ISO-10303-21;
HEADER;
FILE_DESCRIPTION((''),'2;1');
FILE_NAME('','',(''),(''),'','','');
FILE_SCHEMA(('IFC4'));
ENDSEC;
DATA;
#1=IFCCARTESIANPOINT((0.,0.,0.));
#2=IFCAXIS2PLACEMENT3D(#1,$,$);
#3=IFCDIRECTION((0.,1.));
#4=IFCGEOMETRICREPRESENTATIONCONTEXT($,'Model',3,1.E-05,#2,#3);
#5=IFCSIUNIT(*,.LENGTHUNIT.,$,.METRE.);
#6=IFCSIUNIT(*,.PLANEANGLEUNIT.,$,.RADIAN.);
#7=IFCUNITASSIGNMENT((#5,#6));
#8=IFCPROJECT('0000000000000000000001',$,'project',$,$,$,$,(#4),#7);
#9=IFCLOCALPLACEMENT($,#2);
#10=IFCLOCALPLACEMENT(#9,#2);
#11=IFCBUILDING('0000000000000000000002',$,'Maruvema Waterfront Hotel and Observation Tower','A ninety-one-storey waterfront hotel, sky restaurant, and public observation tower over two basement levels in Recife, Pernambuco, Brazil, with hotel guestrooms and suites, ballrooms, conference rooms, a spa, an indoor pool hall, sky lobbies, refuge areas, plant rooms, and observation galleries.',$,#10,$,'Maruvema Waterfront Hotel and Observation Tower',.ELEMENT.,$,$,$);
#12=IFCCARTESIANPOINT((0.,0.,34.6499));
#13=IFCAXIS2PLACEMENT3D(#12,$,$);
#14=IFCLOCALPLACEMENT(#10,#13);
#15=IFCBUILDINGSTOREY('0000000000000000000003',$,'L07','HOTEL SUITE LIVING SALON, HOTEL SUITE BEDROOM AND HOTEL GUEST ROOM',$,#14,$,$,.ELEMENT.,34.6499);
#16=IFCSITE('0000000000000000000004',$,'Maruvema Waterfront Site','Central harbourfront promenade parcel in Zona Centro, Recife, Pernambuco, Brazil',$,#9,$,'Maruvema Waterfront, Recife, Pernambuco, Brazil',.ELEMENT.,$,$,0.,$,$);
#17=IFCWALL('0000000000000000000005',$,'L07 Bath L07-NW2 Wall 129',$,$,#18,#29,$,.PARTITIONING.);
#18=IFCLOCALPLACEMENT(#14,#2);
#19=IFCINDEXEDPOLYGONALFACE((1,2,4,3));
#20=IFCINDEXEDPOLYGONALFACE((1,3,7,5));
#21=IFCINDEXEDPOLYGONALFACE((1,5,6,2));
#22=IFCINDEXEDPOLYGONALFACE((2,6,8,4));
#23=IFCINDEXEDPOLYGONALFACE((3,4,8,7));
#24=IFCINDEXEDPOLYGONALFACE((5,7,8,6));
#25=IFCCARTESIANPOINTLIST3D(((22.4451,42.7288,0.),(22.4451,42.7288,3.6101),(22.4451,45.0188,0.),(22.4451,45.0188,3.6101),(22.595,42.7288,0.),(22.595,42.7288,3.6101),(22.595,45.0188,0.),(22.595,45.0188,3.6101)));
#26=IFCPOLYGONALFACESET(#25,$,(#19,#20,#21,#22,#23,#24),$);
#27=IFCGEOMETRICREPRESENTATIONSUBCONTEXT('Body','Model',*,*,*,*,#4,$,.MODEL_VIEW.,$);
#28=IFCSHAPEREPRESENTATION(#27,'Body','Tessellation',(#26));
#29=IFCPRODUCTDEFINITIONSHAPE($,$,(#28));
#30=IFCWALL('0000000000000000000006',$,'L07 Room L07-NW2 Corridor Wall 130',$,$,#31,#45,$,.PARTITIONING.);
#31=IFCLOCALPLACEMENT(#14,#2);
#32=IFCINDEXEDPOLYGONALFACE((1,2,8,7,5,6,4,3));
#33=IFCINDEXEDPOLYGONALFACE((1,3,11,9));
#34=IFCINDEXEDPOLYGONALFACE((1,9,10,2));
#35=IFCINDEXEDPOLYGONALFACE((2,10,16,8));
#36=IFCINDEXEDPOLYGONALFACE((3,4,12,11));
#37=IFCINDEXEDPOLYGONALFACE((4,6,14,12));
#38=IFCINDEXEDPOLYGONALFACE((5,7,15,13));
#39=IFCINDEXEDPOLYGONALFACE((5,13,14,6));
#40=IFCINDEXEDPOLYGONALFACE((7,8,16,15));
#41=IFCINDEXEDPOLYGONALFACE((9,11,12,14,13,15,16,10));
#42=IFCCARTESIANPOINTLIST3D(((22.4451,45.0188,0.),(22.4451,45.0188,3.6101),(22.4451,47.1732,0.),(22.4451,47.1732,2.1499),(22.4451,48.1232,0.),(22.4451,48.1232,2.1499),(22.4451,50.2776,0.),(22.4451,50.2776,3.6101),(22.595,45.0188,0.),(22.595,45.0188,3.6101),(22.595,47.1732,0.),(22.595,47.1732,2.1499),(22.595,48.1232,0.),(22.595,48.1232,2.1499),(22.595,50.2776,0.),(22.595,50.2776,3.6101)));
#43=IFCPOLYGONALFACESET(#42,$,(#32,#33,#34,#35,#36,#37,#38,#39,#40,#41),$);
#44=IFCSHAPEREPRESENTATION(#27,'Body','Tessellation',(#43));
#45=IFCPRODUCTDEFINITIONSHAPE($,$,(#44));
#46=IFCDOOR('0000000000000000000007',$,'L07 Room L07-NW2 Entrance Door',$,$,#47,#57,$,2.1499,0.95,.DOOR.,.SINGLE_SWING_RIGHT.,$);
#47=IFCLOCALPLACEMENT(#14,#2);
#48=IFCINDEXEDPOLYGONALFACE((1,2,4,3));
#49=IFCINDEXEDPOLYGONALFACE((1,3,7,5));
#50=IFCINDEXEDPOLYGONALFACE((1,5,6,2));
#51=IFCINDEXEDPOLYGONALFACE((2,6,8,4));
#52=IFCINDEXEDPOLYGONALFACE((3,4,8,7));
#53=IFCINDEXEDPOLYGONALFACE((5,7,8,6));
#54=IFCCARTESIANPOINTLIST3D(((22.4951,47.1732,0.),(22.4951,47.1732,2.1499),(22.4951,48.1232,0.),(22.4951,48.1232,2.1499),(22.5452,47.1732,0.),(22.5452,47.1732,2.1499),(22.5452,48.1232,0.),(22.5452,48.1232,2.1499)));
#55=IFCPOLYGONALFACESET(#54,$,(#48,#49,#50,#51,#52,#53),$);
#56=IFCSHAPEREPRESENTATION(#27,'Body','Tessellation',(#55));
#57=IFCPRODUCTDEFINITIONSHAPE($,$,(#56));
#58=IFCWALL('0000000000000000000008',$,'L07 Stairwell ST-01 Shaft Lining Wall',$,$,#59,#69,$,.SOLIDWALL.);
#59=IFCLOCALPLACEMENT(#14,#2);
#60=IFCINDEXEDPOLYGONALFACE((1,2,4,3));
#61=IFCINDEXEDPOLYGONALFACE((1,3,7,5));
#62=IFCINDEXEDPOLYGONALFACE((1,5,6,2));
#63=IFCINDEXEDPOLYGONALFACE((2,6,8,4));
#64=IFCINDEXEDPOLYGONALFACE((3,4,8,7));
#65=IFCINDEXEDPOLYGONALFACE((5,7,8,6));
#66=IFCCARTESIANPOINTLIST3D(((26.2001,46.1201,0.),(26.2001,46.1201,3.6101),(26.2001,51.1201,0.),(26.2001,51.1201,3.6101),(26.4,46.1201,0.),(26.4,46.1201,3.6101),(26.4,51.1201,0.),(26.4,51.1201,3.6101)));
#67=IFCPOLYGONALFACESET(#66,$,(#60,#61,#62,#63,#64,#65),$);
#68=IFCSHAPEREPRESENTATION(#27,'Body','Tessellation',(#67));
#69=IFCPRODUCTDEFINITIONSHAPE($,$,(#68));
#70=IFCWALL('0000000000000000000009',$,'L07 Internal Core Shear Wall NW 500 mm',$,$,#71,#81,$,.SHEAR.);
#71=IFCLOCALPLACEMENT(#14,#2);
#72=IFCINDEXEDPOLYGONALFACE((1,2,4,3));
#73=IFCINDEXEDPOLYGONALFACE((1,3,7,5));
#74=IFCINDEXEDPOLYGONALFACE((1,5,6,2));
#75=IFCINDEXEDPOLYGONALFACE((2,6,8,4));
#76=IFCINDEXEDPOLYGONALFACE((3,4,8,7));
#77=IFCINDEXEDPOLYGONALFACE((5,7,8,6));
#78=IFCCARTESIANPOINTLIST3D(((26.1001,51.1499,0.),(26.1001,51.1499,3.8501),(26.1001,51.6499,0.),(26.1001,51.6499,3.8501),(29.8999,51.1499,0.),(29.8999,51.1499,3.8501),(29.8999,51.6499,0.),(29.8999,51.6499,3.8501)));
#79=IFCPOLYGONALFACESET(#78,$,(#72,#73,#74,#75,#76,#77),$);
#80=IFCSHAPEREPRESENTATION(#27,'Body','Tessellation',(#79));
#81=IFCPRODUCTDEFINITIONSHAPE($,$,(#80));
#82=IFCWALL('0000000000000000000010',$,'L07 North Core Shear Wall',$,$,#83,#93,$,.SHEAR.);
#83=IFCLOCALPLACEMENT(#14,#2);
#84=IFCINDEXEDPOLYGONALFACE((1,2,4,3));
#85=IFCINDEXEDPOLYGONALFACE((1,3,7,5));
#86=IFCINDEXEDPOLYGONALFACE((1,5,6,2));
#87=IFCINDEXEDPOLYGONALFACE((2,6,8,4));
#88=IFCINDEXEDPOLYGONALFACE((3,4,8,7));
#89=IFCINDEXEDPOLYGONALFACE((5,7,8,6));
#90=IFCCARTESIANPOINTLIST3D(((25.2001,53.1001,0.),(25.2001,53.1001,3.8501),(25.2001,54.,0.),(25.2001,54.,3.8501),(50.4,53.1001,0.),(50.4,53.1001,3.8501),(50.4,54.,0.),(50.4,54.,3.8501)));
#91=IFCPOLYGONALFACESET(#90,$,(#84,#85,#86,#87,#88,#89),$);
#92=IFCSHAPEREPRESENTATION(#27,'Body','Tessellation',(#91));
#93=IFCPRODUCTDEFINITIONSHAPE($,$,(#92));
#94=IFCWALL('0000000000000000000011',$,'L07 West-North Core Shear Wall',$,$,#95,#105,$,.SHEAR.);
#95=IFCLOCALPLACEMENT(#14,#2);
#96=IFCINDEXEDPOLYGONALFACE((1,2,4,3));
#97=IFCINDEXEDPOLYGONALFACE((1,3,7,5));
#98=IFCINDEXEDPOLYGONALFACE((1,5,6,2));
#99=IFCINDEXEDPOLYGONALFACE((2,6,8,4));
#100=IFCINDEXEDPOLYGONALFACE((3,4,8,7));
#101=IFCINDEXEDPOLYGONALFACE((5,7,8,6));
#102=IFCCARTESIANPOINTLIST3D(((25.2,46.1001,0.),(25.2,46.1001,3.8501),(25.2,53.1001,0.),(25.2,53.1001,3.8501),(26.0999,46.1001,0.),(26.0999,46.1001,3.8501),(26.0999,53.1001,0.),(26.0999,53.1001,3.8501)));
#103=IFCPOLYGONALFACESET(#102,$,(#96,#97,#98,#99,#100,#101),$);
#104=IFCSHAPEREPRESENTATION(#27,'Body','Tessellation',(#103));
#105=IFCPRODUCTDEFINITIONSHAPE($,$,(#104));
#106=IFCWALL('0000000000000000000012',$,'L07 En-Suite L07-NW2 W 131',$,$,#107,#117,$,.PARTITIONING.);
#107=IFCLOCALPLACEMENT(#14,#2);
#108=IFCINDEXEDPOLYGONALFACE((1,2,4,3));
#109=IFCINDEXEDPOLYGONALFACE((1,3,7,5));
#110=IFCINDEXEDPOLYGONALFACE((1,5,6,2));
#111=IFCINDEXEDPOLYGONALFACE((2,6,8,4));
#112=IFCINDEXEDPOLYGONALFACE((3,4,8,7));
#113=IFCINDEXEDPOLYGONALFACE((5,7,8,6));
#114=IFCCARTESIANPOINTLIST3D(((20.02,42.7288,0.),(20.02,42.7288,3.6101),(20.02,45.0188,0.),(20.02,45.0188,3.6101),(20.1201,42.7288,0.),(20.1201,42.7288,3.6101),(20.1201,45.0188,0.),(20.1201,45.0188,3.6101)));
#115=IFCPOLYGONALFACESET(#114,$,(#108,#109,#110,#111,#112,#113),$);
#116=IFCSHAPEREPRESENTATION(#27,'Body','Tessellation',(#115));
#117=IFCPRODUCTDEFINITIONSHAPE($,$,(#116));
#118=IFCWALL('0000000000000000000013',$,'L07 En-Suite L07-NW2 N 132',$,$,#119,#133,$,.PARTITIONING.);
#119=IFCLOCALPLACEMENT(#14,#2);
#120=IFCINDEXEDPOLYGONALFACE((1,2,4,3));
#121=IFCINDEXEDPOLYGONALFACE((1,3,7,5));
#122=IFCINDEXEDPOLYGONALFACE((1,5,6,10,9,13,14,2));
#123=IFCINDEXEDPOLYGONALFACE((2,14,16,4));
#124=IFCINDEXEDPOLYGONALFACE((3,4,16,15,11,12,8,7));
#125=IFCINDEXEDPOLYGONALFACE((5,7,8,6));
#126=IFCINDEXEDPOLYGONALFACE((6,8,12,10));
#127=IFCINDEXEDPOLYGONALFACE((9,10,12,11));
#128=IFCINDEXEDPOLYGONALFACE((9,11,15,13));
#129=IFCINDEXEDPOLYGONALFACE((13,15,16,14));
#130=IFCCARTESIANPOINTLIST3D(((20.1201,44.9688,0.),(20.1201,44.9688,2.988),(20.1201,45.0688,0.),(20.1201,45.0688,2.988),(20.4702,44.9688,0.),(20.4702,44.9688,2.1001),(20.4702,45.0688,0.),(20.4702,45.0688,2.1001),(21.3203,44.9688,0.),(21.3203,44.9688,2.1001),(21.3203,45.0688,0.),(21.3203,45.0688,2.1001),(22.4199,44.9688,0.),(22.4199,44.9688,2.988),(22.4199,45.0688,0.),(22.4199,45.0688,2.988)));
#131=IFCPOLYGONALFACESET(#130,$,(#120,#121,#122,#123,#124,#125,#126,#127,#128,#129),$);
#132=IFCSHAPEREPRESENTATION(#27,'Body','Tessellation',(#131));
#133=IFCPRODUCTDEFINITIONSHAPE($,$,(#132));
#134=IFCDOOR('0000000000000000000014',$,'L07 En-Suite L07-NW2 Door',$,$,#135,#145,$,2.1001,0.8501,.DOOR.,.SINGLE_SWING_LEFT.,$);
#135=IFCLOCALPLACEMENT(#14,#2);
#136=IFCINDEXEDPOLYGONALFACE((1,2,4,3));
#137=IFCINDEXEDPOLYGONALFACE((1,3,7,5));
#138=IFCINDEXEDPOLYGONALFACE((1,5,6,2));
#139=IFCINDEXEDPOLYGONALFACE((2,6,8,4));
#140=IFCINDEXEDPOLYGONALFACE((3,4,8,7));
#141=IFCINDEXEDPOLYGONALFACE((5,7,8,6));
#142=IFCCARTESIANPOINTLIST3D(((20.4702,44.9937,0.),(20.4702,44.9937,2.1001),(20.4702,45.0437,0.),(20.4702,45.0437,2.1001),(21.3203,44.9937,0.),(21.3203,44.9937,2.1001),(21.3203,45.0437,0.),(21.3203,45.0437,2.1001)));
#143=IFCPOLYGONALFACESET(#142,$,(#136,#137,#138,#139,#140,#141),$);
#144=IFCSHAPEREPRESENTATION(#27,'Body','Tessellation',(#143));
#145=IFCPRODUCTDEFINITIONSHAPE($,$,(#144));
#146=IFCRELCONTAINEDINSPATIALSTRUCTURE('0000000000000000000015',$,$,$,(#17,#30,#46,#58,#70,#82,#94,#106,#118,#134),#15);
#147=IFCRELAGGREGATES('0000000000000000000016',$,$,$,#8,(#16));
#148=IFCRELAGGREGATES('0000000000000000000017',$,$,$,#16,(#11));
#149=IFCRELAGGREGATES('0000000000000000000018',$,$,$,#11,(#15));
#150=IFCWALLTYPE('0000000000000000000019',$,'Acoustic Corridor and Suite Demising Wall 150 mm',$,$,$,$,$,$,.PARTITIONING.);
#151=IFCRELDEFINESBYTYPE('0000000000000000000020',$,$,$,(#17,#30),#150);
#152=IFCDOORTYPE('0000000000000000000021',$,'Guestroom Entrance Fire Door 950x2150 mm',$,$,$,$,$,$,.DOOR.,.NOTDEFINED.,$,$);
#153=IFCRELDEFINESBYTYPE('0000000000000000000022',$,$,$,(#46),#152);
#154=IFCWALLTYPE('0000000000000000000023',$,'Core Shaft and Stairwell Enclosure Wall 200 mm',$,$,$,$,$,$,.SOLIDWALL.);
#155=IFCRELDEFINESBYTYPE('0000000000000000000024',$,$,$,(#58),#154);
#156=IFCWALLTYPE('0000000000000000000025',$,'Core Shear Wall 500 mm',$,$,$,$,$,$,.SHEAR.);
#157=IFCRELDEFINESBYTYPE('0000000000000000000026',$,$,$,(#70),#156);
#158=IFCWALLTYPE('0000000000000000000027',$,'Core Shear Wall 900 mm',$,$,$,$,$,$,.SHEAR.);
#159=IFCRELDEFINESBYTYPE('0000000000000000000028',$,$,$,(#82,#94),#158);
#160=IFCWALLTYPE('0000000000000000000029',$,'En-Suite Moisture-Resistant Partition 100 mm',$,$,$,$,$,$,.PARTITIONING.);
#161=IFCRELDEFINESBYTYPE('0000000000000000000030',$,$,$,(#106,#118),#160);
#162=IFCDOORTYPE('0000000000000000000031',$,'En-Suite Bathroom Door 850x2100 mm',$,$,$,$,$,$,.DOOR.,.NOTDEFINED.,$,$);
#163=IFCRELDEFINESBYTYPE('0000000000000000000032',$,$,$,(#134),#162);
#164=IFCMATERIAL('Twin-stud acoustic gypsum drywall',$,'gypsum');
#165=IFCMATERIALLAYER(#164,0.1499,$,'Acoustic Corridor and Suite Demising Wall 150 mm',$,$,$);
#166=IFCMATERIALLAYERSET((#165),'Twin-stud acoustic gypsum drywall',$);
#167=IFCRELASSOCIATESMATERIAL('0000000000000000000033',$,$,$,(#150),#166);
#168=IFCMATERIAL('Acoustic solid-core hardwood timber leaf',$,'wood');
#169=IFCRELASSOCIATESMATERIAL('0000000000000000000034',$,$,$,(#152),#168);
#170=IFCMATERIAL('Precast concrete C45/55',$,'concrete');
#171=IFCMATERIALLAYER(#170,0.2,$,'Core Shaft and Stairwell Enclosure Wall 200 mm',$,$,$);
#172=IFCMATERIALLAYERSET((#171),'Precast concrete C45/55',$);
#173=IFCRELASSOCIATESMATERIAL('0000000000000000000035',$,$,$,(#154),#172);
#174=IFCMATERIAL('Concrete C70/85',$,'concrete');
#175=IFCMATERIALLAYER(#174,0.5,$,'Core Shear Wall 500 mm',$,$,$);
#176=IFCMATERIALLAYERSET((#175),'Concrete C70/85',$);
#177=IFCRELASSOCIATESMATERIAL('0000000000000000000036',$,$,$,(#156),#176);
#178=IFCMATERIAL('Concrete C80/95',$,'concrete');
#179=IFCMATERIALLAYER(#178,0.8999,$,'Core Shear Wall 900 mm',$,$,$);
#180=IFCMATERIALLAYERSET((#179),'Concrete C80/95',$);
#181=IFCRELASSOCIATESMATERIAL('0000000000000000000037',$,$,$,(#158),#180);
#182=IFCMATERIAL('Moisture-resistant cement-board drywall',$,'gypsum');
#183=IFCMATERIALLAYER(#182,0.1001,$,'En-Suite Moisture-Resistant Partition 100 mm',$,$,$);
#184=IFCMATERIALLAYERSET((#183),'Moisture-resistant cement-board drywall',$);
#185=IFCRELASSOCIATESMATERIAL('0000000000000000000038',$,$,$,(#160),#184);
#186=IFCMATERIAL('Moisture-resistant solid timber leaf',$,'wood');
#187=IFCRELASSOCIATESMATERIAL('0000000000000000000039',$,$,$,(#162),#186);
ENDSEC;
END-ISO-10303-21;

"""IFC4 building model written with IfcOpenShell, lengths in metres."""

from ifc_helpers import new_model, si_unit, direction, frame, frame_2d, origin, place, context, subcontext, project, spatial, rectangle, extrude, material, layer, layer_set, type_object, element, fill, save


model = new_model("IFC4")

# Units and contexts
model_context = context("Model", 3, precision=1e-05, world=origin(), true_north=direction((0.0, 1.0)))
body_context = subcontext(model_context, "Body", "Model", "MODEL_VIEW")
ifc_project = project(units=[si_unit("LENGTHUNIT", "METRE"), si_unit("PLANEANGLEUNIT", "RADIAN")], contexts=[model_context])

# Site, building, storey
site_placement = place(None, origin())
site = spatial("IfcSite", under=ifc_project, at=site_placement, Name="Maruvema Waterfront Site", Description="Central harbourfront promenade parcel in Zona Centro, Recife, Pernambuco, Brazil", LongName="Maruvema Waterfront, Recife, Pernambuco, Brazil", CompositionType="ELEMENT", RefElevation=0.0)
building_placement = place(site_placement, origin())
building = spatial("IfcBuilding", under=site, at=building_placement, Name="Maruvema Waterfront Hotel and Observation Tower", Description="A ninety-one-storey waterfront hotel, sky restaurant, and public observation tower over two basement levels in Recife, Pernambuco, Brazil, with hotel guestrooms and suites, ballrooms, conference rooms, a spa, an indoor pool hall, sky lobbies, refuge areas, plant rooms, and observation galleries.", LongName="Maruvema Waterfront Hotel and Observation Tower", CompositionType="ELEMENT")
storey_placement = place(building_placement, frame((0.0, 0.0, 34.6499)))
storey = spatial("IfcBuildingStorey", under=building, at=storey_placement, Name="L07", Description="HOTEL SUITE LIVING SALON, HOTEL SUITE BEDROOM AND HOTEL GUEST ROOM", CompositionType="ELEMENT", Elevation=34.6499)

# Wall
ifc_material_1 = material(Name="Twin-stud acoustic gypsum drywall", Category="gypsum")
ifc_layer_1 = layer(ifc_material_1, 0.1499, Name="Acoustic Corridor and Suite Demising Wall 150 mm")
ifc_layer_set_1 = layer_set([ifc_layer_1], Name="Twin-stud acoustic gypsum drywall")
wall_type_1 = type_object("IfcWallType", Name="Acoustic Corridor and Suite Demising Wall 150 mm", PredefinedType="PARTITIONING", material=ifc_layer_set_1)
wall_1_placement = place(storey_placement, frame((22.52, 42.7288, 0.0), z_axis=(0.0, 0.0, 1.0), x_axis=(0.0, 1.0, 0.0)))
element("IfcWall", 1, at=wall_1_placement, inside=storey, type_object=wall_type_1, Name="L07 Bath L07-NW2 Wall 129", PredefinedType="PARTITIONING", context=body_context, shape_type="SweptSolid", body=[
    extrude(rectangle(XDim=2.29, YDim=0.1499, at=frame_2d((1.145, 0.0))), origin(), (0.0, 0.0, 1.0), 3.6101),
])

# Wall, opening, door
wall_2_placement = place(storey_placement, frame((22.52, 45.0188, 0.0), z_axis=(0.0, 0.0, 1.0), x_axis=(0.0, 1.0, 0.0)))
wall_2 = element("IfcWall", 2, at=wall_2_placement, inside=storey, type_object=wall_type_1, Name="L07 Room L07-NW2 Corridor Wall 130", PredefinedType="PARTITIONING", context=body_context, shape_type="SweptSolid", body=[
    extrude(rectangle(XDim=5.2588, YDim=0.1499, at=frame_2d((2.6294, 0.0))), origin(), (0.0, 0.0, 1.0), 3.6101),
])
opening_1_placement = place(wall_2_placement, frame((2.1543, 0.0, 0.0)))
opening_1 = element("IfcOpeningElement", 3, at=opening_1_placement, cuts=wall_2, PredefinedType="OPENING", context=body_context, shape_type="SweptSolid", body=[
    extrude(rectangle(XDim=0.95, YDim=2.1499, at=frame_2d((0.4751, 1.075))), frame((0.0, 0.085, 0.0), z_axis=(0.0, -1.0, 0.0), x_axis=(1.0, 0.0, 0.0)), (0.0, 0.0, 1.0), 0.1699),
])
ifc_material_2 = material(Name="Acoustic solid-core hardwood timber leaf", Category="wood")
door_type_1 = type_object("IfcDoorType", Name="Guestroom Entrance Fire Door 950x2150 mm", OperationType="NOTDEFINED", PredefinedType="DOOR", material=ifc_material_2)
door_1_placement = place(opening_1_placement, origin())
door_1 = element("IfcDoor", 4, at=door_1_placement, inside=storey, type_object=door_type_1, Name="L07 Room L07-NW2 Entrance Door", OperationType="SINGLE_SWING_RIGHT", OverallHeight=2.1499, OverallWidth=0.95, PredefinedType="DOOR", context=body_context, shape_type="SweptSolid", body=[
    extrude(rectangle(XDim=0.95, YDim=2.1499, at=frame_2d((0.4751, 1.075))), frame((0.0, 0.0249, 0.0), z_axis=(0.0, -1.0, 0.0), x_axis=(1.0, 0.0, 0.0)), (0.0, 0.0, 1.0), 0.05),
])
fill(opening_1, door_1)

# Walls
ifc_material_3 = material(Name="Precast concrete C45/55", Category="concrete")
ifc_layer_2 = layer(ifc_material_3, 0.2, Name="Core Shaft and Stairwell Enclosure Wall 200 mm")
ifc_layer_set_2 = layer_set([ifc_layer_2], Name="Precast concrete C45/55")
wall_type_2 = type_object("IfcWallType", Name="Core Shaft and Stairwell Enclosure Wall 200 mm", PredefinedType="SOLIDWALL", material=ifc_layer_set_2)
wall_3_placement = place(storey_placement, frame((26.3, 46.1201, 0.0), z_axis=(0.0, 0.0, 1.0), x_axis=(0.0, 1.0, 0.0)))
element("IfcWall", 5, at=wall_3_placement, inside=storey, type_object=wall_type_2, Name="L07 Stairwell ST-01 Shaft Lining Wall", PredefinedType="SOLIDWALL", context=body_context, shape_type="SweptSolid", body=[
    extrude(rectangle(XDim=5.0, YDim=0.2, at=frame_2d((2.5, 0.0))), origin(), (0.0, 0.0, 1.0), 3.6101),
])
ifc_material_4 = material(Name="Concrete C70/85", Category="concrete")
ifc_layer_3 = layer(ifc_material_4, 0.5, Name="Core Shear Wall 500 mm")
ifc_layer_set_3 = layer_set([ifc_layer_3], Name="Concrete C70/85")
wall_type_3 = type_object("IfcWallType", Name="Core Shear Wall 500 mm", PredefinedType="SHEAR", material=ifc_layer_set_3)
wall_4_placement = place(storey_placement, frame((26.1001, 51.3999, 0.0), z_axis=(0.0, 0.0, 1.0), x_axis=(1.0, 0.0, 0.0)))
element("IfcWall", 6, at=wall_4_placement, inside=storey, type_object=wall_type_3, Name="L07 Internal Core Shear Wall NW 500 mm", PredefinedType="SHEAR", context=body_context, shape_type="SweptSolid", body=[
    extrude(rectangle(XDim=3.7998, YDim=0.5, at=frame_2d((1.8999, 0.0))), origin(), (0.0, 0.0, 1.0), 3.8501),
])
ifc_material_5 = material(Name="Concrete C80/95", Category="concrete")
ifc_layer_4 = layer(ifc_material_5, 0.8999, Name="Core Shear Wall 900 mm")
ifc_layer_set_4 = layer_set([ifc_layer_4], Name="Concrete C80/95")
wall_type_4 = type_object("IfcWallType", Name="Core Shear Wall 900 mm", PredefinedType="SHEAR", material=ifc_layer_set_4)
wall_5_placement = place(storey_placement, frame((25.2, 53.55, 0.0), z_axis=(0.0, 0.0, 1.0), x_axis=(1.0, 0.0, 0.0)))
element("IfcWall", 7, at=wall_5_placement, inside=storey, type_object=wall_type_4, Name="L07 North Core Shear Wall", PredefinedType="SHEAR", context=body_context, shape_type="SweptSolid", body=[
    extrude(rectangle(XDim=25.2, YDim=0.8999, at=frame_2d((12.6001, 0.0))), origin(), (0.0, 0.0, 1.0), 3.8501),
])
wall_6_placement = place(storey_placement, frame((25.6499, 46.1001, 0.0), z_axis=(0.0, 0.0, 1.0), x_axis=(0.0, 1.0, 0.0)))
element("IfcWall", 8, at=wall_6_placement, inside=storey, type_object=wall_type_4, Name="L07 West-North Core Shear Wall", PredefinedType="SHEAR", context=body_context, shape_type="SweptSolid", body=[
    extrude(rectangle(XDim=7.0, YDim=0.8999, at=frame_2d((3.5, 0.0))), origin(), (0.0, 0.0, 1.0), 3.8501),
])
ifc_material_6 = material(Name="Moisture-resistant cement-board drywall", Category="gypsum")
ifc_layer_5 = layer(ifc_material_6, 0.1001, Name="En-Suite Moisture-Resistant Partition 100 mm")
ifc_layer_set_5 = layer_set([ifc_layer_5], Name="Moisture-resistant cement-board drywall")
wall_type_5 = type_object("IfcWallType", Name="En-Suite Moisture-Resistant Partition 100 mm", PredefinedType="PARTITIONING", material=ifc_layer_set_5)
wall_7_placement = place(storey_placement, frame((20.0701, 42.7288, 0.0), z_axis=(0.0, 0.0, 1.0), x_axis=(0.0, 1.0, 0.0)))
element("IfcWall", 9, at=wall_7_placement, inside=storey, type_object=wall_type_5, Name="L07 En-Suite L07-NW2 W 131", PredefinedType="PARTITIONING", context=body_context, shape_type="SweptSolid", body=[
    extrude(rectangle(XDim=2.29, YDim=0.1001, at=frame_2d((1.145, 0.0))), origin(), (0.0, 0.0, 1.0), 3.6101),
])

# Wall, opening, door
wall_8_placement = place(storey_placement, frame((20.1201, 45.0188, 0.0), z_axis=(0.0, 0.0, 1.0), x_axis=(1.0, 0.0, 0.0)))
wall_8 = element("IfcWall", 10, at=wall_8_placement, inside=storey, type_object=wall_type_5, Name="L07 En-Suite L07-NW2 N 132", PredefinedType="PARTITIONING", context=body_context, shape_type="SweptSolid", body=[
    extrude(rectangle(XDim=2.2998, YDim=0.1001, at=frame_2d((1.1499, 0.0))), origin(), (0.0, 0.0, 1.0), 2.988),
])
opening_2_placement = place(wall_8_placement, frame((0.3501, 0.0, 0.0)))
opening_2 = element("IfcOpeningElement", 11, at=opening_2_placement, cuts=wall_8, PredefinedType="OPENING", context=body_context, shape_type="SweptSolid", body=[
    extrude(rectangle(XDim=0.8501, YDim=2.1001, at=frame_2d((0.425, 1.05))), frame((0.0, 0.0601, 0.0), z_axis=(0.0, -1.0, 0.0), x_axis=(1.0, 0.0, 0.0)), (0.0, 0.0, 1.0), 0.1201),
])
ifc_material_7 = material(Name="Moisture-resistant solid timber leaf", Category="wood")
door_type_2 = type_object("IfcDoorType", Name="En-Suite Bathroom Door 850x2100 mm", OperationType="NOTDEFINED", PredefinedType="DOOR", material=ifc_material_7)
door_2_placement = place(opening_2_placement, origin())
door_2 = element("IfcDoor", 12, at=door_2_placement, inside=storey, type_object=door_type_2, Name="L07 En-Suite L07-NW2 Door", OperationType="SINGLE_SWING_LEFT", OverallHeight=2.1001, OverallWidth=0.8501, PredefinedType="DOOR", context=body_context, shape_type="SweptSolid", body=[
    extrude(rectangle(XDim=0.8501, YDim=2.1001, at=frame_2d((0.425, 1.05))), frame((0.0, 0.0249, 0.0), z_axis=(0.0, -1.0, 0.0), x_axis=(1.0, 0.0, 0.0)), (0.0, 0.0, 1.0), 0.05),
])
fill(opening_2, door_2)

save(model, "model.ifc")
